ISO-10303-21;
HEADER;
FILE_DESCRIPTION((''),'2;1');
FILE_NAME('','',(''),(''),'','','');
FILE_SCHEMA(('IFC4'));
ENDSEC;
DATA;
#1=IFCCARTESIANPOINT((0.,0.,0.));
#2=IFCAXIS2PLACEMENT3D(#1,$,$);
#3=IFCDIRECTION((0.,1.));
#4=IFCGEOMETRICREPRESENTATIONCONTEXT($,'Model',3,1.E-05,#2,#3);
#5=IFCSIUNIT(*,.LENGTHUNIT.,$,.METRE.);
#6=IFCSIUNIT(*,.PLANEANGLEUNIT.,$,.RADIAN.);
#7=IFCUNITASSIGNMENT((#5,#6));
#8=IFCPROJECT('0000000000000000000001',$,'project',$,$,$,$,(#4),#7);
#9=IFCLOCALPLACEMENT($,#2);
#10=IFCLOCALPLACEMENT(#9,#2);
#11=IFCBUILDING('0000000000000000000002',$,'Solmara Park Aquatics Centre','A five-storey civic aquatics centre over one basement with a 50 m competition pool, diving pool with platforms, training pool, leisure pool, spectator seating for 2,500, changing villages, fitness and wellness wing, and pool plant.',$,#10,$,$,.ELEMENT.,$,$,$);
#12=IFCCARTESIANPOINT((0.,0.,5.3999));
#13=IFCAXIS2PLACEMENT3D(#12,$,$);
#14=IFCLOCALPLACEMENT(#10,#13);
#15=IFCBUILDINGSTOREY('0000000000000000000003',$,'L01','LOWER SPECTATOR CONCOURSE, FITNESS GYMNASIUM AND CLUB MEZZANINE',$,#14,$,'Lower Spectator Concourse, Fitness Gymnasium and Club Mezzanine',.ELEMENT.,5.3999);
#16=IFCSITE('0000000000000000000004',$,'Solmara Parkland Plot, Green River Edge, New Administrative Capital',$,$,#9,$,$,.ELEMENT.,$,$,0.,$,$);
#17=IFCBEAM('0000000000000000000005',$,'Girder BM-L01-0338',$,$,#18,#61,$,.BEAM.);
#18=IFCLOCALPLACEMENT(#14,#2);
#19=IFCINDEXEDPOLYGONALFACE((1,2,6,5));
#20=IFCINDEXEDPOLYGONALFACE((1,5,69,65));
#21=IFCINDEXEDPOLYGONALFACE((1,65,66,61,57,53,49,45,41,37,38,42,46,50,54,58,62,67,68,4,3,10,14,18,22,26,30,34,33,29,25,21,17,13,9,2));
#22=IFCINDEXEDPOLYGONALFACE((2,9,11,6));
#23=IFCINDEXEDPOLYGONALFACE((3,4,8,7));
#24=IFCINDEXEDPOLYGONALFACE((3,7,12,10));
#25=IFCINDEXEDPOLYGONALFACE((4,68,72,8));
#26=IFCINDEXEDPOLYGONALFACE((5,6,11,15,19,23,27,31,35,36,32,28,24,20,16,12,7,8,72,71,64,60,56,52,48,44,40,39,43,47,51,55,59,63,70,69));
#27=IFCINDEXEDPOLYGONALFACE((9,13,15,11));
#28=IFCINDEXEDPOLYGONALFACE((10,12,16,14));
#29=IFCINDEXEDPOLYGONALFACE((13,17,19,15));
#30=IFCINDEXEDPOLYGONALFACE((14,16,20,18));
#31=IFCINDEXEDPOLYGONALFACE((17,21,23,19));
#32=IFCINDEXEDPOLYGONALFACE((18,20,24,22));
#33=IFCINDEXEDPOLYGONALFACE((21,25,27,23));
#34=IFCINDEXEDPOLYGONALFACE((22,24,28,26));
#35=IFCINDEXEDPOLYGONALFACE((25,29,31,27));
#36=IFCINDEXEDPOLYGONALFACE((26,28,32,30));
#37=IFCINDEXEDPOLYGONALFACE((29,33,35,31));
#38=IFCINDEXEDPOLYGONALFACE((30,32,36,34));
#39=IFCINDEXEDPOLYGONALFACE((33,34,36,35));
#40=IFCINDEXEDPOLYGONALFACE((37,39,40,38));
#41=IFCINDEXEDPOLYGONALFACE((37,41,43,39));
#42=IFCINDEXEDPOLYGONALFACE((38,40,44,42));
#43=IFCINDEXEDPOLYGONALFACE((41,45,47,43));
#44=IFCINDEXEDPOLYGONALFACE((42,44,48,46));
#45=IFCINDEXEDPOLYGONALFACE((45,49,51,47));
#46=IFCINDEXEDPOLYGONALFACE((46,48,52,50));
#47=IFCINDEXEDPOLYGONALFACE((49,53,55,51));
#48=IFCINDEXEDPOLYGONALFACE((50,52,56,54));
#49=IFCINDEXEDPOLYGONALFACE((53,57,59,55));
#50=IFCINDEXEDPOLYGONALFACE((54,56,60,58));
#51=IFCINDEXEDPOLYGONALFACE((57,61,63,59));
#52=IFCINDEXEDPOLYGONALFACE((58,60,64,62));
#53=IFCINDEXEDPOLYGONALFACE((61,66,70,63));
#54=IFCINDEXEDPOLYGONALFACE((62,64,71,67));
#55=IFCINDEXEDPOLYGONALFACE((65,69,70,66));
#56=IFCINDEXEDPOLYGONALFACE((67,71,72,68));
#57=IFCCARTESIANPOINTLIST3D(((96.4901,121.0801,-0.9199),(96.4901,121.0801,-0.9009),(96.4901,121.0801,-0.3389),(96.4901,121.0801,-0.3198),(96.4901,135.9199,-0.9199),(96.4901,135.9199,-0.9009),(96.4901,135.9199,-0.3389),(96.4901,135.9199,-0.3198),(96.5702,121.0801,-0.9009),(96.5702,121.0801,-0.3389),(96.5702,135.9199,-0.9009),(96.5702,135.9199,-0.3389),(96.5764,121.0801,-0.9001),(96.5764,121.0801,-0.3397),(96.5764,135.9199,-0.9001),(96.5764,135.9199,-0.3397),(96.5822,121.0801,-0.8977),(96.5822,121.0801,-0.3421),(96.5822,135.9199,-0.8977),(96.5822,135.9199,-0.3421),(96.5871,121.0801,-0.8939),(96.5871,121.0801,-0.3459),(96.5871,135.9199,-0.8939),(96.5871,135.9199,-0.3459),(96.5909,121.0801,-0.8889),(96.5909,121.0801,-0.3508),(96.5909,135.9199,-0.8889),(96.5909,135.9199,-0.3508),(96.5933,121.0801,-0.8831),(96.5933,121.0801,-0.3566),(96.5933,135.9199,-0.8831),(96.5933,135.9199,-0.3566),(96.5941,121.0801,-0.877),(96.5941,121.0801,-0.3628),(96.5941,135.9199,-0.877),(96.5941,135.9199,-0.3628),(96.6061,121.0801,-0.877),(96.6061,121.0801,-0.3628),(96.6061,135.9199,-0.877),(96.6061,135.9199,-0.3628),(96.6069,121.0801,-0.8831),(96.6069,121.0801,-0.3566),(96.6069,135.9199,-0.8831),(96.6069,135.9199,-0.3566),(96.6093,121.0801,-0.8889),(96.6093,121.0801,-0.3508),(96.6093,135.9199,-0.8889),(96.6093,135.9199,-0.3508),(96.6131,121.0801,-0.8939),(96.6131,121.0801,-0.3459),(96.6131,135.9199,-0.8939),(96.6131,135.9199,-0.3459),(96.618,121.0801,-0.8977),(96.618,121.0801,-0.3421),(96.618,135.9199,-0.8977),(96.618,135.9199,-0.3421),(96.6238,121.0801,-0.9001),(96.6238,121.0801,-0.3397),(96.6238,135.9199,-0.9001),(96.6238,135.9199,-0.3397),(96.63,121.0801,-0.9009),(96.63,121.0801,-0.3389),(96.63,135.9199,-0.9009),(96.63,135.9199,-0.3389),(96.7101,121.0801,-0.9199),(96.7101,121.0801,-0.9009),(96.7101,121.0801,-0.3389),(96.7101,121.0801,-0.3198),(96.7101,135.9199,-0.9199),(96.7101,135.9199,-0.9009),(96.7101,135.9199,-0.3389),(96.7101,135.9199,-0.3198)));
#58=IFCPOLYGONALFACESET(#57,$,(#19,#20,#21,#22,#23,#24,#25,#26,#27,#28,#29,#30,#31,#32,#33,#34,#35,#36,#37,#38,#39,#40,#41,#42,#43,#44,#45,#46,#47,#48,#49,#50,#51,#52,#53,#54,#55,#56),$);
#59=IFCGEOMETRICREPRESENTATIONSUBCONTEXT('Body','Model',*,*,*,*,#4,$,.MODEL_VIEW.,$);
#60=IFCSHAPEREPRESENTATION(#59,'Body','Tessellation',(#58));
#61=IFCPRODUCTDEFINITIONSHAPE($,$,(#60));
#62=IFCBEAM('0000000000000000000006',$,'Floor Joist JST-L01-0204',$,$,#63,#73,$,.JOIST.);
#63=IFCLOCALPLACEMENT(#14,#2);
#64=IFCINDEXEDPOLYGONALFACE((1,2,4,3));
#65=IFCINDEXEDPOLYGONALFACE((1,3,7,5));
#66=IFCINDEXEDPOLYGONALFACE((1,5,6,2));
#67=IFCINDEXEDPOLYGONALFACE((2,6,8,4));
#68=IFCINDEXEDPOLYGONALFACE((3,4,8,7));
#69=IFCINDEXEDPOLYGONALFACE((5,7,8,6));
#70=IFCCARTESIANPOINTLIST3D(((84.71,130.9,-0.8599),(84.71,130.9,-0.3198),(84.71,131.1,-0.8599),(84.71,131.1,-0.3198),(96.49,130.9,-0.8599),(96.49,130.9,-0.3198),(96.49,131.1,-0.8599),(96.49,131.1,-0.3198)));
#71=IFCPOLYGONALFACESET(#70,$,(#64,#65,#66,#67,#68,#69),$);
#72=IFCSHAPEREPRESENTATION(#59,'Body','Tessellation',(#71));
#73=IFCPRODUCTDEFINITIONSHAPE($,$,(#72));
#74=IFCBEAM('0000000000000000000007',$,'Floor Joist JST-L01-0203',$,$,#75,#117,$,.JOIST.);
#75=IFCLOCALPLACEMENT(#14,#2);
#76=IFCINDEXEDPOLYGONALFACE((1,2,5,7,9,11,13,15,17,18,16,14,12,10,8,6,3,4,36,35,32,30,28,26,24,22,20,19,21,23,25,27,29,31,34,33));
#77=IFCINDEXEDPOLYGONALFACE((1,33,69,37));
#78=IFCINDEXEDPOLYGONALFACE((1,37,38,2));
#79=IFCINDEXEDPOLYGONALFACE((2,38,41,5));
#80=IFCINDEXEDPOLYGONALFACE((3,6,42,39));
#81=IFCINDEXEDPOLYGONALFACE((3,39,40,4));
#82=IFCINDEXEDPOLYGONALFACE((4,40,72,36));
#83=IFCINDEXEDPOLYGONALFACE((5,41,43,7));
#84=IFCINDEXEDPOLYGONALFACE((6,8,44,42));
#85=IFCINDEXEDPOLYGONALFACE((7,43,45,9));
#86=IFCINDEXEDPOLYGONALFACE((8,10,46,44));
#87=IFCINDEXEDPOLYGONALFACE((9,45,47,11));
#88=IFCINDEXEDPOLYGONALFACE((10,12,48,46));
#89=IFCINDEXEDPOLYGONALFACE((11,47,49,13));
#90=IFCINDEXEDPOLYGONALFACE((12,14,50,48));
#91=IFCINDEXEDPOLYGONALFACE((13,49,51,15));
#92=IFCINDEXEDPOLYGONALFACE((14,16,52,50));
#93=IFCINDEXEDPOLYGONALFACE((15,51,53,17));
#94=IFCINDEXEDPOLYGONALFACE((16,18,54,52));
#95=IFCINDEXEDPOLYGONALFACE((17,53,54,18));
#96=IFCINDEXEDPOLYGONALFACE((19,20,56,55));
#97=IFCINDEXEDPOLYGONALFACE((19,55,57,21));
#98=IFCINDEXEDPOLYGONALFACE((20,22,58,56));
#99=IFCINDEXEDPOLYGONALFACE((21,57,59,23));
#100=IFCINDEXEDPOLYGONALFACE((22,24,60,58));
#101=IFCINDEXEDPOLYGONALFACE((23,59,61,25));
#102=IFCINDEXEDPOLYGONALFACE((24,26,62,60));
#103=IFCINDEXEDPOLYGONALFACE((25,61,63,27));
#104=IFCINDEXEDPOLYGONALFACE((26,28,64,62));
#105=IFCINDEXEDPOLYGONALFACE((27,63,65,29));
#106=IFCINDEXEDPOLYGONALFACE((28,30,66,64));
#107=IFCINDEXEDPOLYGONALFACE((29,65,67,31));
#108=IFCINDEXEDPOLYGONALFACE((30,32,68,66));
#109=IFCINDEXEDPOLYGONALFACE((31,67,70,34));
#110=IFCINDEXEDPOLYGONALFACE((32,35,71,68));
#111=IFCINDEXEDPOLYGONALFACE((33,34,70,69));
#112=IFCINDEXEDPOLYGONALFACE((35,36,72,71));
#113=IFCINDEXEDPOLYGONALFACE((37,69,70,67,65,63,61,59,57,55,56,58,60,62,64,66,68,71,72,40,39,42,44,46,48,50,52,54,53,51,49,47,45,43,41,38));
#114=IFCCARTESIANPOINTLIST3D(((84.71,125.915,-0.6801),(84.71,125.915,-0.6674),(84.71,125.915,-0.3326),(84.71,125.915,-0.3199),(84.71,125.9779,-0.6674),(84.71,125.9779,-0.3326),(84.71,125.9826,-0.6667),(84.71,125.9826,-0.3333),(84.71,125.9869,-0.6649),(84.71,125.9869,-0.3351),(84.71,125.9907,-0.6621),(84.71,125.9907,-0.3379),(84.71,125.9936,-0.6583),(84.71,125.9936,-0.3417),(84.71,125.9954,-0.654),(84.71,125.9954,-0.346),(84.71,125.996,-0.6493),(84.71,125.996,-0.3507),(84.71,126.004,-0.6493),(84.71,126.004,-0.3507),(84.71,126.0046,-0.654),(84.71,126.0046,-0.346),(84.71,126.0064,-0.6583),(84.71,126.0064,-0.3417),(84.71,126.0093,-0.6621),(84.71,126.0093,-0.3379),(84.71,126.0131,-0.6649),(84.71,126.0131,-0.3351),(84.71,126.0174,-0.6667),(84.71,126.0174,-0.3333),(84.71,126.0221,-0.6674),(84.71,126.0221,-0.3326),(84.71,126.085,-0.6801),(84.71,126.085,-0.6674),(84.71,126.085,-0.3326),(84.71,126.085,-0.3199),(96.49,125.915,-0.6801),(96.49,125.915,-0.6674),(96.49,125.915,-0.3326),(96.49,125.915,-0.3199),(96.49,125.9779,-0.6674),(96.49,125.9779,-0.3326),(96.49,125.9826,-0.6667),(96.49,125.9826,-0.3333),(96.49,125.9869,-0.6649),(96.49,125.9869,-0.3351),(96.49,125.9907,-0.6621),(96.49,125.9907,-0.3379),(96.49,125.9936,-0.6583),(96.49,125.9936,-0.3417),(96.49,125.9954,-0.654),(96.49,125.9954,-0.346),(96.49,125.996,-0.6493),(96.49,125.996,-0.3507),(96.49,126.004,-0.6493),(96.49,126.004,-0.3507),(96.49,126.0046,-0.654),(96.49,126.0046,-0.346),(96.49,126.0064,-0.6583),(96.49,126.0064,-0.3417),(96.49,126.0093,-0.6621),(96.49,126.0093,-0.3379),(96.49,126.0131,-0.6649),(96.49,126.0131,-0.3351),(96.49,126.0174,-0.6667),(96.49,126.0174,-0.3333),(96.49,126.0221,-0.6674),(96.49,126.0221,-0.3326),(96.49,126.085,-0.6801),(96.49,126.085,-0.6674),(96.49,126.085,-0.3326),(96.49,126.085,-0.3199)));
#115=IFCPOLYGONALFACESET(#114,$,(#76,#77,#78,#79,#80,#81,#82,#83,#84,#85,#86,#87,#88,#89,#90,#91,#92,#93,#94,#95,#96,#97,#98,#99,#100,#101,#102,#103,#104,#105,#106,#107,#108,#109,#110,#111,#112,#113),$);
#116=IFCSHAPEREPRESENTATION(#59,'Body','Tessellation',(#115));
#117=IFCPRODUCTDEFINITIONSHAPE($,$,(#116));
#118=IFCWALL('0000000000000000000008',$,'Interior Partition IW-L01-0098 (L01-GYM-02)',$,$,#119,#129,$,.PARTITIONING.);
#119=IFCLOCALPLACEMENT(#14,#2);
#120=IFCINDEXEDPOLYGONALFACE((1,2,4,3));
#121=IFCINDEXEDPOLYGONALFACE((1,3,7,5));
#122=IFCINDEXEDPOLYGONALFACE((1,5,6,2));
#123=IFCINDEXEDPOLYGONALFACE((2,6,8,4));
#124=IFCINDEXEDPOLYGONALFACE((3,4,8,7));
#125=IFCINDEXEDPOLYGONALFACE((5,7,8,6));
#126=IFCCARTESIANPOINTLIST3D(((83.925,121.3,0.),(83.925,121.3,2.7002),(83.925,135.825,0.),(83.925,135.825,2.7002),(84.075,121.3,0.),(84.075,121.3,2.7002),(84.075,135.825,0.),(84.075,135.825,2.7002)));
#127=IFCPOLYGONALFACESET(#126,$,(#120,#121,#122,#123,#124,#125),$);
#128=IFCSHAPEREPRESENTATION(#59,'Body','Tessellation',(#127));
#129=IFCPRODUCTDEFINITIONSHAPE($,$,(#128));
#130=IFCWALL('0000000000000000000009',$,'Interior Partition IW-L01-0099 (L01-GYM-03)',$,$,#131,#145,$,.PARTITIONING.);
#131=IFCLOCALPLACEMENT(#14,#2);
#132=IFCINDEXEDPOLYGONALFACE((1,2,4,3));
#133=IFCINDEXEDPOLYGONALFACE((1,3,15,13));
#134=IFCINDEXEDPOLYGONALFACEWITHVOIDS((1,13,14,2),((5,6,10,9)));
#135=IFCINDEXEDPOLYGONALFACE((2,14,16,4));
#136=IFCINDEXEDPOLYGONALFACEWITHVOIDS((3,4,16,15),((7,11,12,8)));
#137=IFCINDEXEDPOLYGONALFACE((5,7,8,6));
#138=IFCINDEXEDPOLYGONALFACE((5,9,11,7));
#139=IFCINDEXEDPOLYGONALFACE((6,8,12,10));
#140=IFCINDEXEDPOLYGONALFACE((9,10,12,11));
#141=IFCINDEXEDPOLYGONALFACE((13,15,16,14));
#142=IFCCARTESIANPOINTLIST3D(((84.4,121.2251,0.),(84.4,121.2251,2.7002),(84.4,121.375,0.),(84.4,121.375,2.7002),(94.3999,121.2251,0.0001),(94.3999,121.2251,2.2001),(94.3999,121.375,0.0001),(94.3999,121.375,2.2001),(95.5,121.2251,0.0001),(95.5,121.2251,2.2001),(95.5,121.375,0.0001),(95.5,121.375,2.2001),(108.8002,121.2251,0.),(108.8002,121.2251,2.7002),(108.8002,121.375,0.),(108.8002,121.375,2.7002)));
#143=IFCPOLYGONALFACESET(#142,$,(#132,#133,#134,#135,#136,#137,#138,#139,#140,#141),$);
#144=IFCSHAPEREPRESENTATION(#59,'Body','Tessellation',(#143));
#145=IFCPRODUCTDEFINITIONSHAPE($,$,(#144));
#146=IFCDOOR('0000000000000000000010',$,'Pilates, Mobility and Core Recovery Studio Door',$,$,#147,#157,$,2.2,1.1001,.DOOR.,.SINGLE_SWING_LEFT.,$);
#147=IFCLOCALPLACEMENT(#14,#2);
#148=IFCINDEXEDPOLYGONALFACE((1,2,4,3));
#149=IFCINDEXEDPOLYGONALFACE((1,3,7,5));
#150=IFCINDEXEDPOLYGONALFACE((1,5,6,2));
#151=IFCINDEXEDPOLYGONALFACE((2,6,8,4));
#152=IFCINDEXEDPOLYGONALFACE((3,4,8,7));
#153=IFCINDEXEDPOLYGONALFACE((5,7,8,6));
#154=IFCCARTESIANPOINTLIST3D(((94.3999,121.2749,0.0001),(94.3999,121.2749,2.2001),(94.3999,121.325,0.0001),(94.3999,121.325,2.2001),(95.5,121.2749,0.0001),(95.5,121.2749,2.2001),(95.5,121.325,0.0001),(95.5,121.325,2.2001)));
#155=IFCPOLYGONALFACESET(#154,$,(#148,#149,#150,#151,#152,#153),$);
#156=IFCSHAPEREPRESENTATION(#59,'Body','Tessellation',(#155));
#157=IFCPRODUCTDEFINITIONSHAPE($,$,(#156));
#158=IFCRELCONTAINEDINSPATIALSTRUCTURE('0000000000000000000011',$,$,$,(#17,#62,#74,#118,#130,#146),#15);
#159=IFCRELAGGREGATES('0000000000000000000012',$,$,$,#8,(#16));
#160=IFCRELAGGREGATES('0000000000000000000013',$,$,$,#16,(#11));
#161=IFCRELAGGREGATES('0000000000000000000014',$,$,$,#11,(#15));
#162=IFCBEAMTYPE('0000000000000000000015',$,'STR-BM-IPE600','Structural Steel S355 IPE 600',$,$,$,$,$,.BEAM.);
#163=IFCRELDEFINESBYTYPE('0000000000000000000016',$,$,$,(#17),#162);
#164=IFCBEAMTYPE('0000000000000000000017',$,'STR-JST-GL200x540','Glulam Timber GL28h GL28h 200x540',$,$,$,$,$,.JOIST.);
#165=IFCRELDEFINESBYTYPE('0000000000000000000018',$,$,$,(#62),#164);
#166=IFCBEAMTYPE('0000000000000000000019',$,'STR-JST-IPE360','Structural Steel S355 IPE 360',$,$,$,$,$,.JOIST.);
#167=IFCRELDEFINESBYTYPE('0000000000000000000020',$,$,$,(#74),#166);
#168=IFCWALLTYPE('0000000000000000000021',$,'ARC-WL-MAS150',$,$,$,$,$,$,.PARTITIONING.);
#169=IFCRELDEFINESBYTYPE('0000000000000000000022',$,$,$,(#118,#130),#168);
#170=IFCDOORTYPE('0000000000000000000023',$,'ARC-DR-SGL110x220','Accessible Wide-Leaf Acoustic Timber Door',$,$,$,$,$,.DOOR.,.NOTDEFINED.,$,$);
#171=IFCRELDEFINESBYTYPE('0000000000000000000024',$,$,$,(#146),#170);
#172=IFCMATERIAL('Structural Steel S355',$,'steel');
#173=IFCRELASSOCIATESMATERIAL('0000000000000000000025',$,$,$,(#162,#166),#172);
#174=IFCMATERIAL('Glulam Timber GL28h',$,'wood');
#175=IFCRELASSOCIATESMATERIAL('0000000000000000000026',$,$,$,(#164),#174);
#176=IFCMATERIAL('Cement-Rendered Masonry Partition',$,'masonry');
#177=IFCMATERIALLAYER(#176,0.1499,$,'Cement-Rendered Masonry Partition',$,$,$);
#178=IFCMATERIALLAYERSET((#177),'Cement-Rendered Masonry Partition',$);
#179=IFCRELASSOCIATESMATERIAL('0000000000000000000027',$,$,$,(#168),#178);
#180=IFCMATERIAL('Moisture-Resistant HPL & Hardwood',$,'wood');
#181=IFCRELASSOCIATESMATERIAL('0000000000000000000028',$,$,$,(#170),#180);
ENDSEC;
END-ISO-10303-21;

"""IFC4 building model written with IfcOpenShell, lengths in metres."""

from ifc_helpers import new_model, si_unit, direction, frame, frame_2d, origin, origin_2d, place, context, subcontext, project, spatial, rectangle, i_section, extrude, material, layer, layer_set, material_profile, profile_set, type_object, element, fill, save


model = new_model("IFC4")

# Units and contexts
model_context = context("Model", 3, precision=1e-05, world=origin(), true_north=direction((0.0, 1.0)))
body_context = subcontext(model_context, "Body", "Model", "MODEL_VIEW")
ifc_project = project(units=[si_unit("LENGTHUNIT", "METRE"), si_unit("PLANEANGLEUNIT", "RADIAN")], contexts=[model_context])

# Site, building, storey
site_placement = place(None, origin())
site = spatial("IfcSite", under=ifc_project, at=site_placement, Name="Solmara Parkland Plot, Green River Edge, New Administrative Capital", CompositionType="ELEMENT", RefElevation=0.0)
building_placement = place(site_placement, origin())
building = spatial("IfcBuilding", under=site, at=building_placement, Name="Solmara Park Aquatics Centre", Description="A five-storey civic aquatics centre over one basement with a 50 m competition pool, diving pool with platforms, training pool, leisure pool, spectator seating for 2,500, changing villages, fitness and wellness wing, and pool plant.", CompositionType="ELEMENT")
storey_placement = place(building_placement, frame((0.0, 0.0, 5.3999)))
storey = spatial("IfcBuildingStorey", under=building, at=storey_placement, Name="L01", Description="LOWER SPECTATOR CONCOURSE, FITNESS GYMNASIUM AND CLUB MEZZANINE", LongName="Lower Spectator Concourse, Fitness Gymnasium and Club Mezzanine", CompositionType="ELEMENT", Elevation=5.3999)

# Shared definitions
ifc_material_1 = material(Name="Structural Steel S355", Category="steel")

# Beams
ifc_material_profile_1 = material_profile(ifc_material_1, i_section(OverallWidth=0.22, OverallDepth=0.6001, WebThickness=0.012, FlangeThickness=0.019, FilletRadius=0.0239, at=origin_2d()), Name="IPE 600")
ifc_profile_set_1 = profile_set([ifc_material_profile_1], Name="Structural Steel S355")
beam_type_1 = type_object("IfcBeamType", Name="STR-BM-IPE600", Description="Structural Steel S355 IPE 600", PredefinedType="BEAM", material=ifc_profile_set_1)
beam_1_placement = place(storey_placement, frame((96.6001, 121.0801, -0.6199), z_axis=(0.0, 1.0, 0.0), x_axis=(-1.0, 0.0, 0.0)))
element("IfcBeam", 1, at=beam_1_placement, inside=storey, type_object=beam_type_1, Name="Girder BM-L01-0338", PredefinedType="BEAM", context=body_context, shape_type="SweptSolid", body=[
    extrude(i_section(OverallWidth=0.22, OverallDepth=0.6001, WebThickness=0.012, FlangeThickness=0.019, FilletRadius=0.0239, at=origin_2d()), origin(), (0.0, 0.0, 1.0), 14.8398),
])
ifc_material_2 = material(Name="Glulam Timber GL28h", Category="wood")
ifc_material_profile_2 = material_profile(ifc_material_2, rectangle(XDim=0.2, YDim=0.54, at=origin_2d()), Name="GL28h 200x540")
ifc_profile_set_2 = profile_set([ifc_material_profile_2], Name="Glulam Timber GL28h")
beam_type_2 = type_object("IfcBeamType", Name="STR-JST-GL200x540", Description="Glulam Timber GL28h GL28h 200x540", PredefinedType="JOIST", material=ifc_profile_set_2)
beam_2_placement = place(storey_placement, frame((84.71, 131.0, -0.5898), z_axis=(1.0, 0.0, 0.0), x_axis=(0.0, 1.0, 0.0)))
element("IfcBeam", 2, at=beam_2_placement, inside=storey, type_object=beam_type_2, Name="Floor Joist JST-L01-0204", PredefinedType="JOIST", context=body_context, shape_type="SweptSolid", body=[
    extrude(rectangle(XDim=0.2, YDim=0.54, at=origin_2d()), origin(), (0.0, 0.0, 1.0), 11.78),
])
ifc_material_profile_3 = material_profile(ifc_material_1, i_section(OverallWidth=0.1699, OverallDepth=0.3601, WebThickness=0.0081, FlangeThickness=0.0127, FilletRadius=0.0181, at=origin_2d()), Name="IPE 360")
ifc_profile_set_3 = profile_set([ifc_material_profile_3], Name="Structural Steel S355")
beam_type_3 = type_object("IfcBeamType", Name="STR-JST-IPE360", Description="Structural Steel S355 IPE 360", PredefinedType="JOIST", material=ifc_profile_set_3)
beam_3_placement = place(storey_placement, frame((84.71, 126.0, -0.5), z_axis=(1.0, 0.0, 0.0), x_axis=(0.0, 1.0, 0.0)))
element("IfcBeam", 3, at=beam_3_placement, inside=storey, type_object=beam_type_3, Name="Floor Joist JST-L01-0203", PredefinedType="JOIST", context=body_context, shape_type="SweptSolid", body=[
    extrude(i_section(OverallWidth=0.1699, OverallDepth=0.3601, WebThickness=0.0081, FlangeThickness=0.0127, FilletRadius=0.0181, at=origin_2d()), origin(), (0.0, 0.0, 1.0), 11.78),
])

# Wall
ifc_material_3 = material(Name="Cement-Rendered Masonry Partition", Category="masonry")
ifc_layer_1 = layer(ifc_material_3, 0.1499, Name="Cement-Rendered Masonry Partition")
ifc_layer_set_1 = layer_set([ifc_layer_1], Name="Cement-Rendered Masonry Partition")
wall_type = type_object("IfcWallType", Name="ARC-WL-MAS150", PredefinedType="PARTITIONING", material=ifc_layer_set_1)
wall_1_placement = place(storey_placement, frame((84.0, 121.3, 0.0), z_axis=(0.0, 0.0, 1.0), x_axis=(0.0, 1.0, 0.0)))
element("IfcWall", 4, at=wall_1_placement, inside=storey, type_object=wall_type, Name="Interior Partition IW-L01-0098 (L01-GYM-02)", PredefinedType="PARTITIONING", context=body_context, shape_type="SweptSolid", body=[
    extrude(rectangle(XDim=14.5249, YDim=0.1499, at=frame_2d((7.2625, 0.0))), origin(), (0.0, 0.0, 1.0), 2.7002),
])

# Wall, opening, door
wall_2_placement = place(storey_placement, frame((84.3999, 121.3, 0.0), z_axis=(0.0, 0.0, 1.0), x_axis=(1.0, 0.0, 0.0)))
wall_2 = element("IfcWall", 5, at=wall_2_placement, inside=storey, type_object=wall_type, Name="Interior Partition IW-L01-0099 (L01-GYM-03)", PredefinedType="PARTITIONING", context=body_context, shape_type="SweptSolid", body=[
    extrude(rectangle(XDim=24.4001, YDim=0.1499, at=frame_2d((12.2002, 0.0))), origin(), (0.0, 0.0, 1.0), 2.7002),
])
opening_placement = place(wall_2_placement, frame((10.0, 0.0, 0.0)))
opening = element("IfcOpeningElement", 6, at=opening_placement, cuts=wall_2, PredefinedType="OPENING", context=body_context, shape_type="SweptSolid", body=[
    extrude(rectangle(XDim=1.1001, YDim=2.2, at=frame_2d((0.55, 1.1001))), frame((0.0, 0.085, 0.0), z_axis=(0.0, -1.0, 0.0), x_axis=(1.0, 0.0, 0.0)), (0.0, 0.0, 1.0), 0.1699),
])
ifc_material_4 = material(Name="Moisture-Resistant HPL & Hardwood", Category="wood")
door_type = type_object("IfcDoorType", Name="ARC-DR-SGL110x220", Description="Accessible Wide-Leaf Acoustic Timber Door", OperationType="NOTDEFINED", PredefinedType="DOOR", material=ifc_material_4)
door_placement = place(opening_placement, origin())
door = element("IfcDoor", 7, at=door_placement, inside=storey, type_object=door_type, Name="Pilates, Mobility and Core Recovery Studio Door", OperationType="SINGLE_SWING_LEFT", OverallHeight=2.2, OverallWidth=1.1001, PredefinedType="DOOR", context=body_context, shape_type="SweptSolid", body=[
    extrude(rectangle(XDim=1.1001, YDim=2.2, at=frame_2d((0.55, 1.1001))), frame((0.0, 0.0249, 0.0), z_axis=(0.0, -1.0, 0.0), x_axis=(1.0, 0.0, 0.0)), (0.0, 0.0, 1.0), 0.05),
])
fill(opening, door)

save(model, "model.ifc")
